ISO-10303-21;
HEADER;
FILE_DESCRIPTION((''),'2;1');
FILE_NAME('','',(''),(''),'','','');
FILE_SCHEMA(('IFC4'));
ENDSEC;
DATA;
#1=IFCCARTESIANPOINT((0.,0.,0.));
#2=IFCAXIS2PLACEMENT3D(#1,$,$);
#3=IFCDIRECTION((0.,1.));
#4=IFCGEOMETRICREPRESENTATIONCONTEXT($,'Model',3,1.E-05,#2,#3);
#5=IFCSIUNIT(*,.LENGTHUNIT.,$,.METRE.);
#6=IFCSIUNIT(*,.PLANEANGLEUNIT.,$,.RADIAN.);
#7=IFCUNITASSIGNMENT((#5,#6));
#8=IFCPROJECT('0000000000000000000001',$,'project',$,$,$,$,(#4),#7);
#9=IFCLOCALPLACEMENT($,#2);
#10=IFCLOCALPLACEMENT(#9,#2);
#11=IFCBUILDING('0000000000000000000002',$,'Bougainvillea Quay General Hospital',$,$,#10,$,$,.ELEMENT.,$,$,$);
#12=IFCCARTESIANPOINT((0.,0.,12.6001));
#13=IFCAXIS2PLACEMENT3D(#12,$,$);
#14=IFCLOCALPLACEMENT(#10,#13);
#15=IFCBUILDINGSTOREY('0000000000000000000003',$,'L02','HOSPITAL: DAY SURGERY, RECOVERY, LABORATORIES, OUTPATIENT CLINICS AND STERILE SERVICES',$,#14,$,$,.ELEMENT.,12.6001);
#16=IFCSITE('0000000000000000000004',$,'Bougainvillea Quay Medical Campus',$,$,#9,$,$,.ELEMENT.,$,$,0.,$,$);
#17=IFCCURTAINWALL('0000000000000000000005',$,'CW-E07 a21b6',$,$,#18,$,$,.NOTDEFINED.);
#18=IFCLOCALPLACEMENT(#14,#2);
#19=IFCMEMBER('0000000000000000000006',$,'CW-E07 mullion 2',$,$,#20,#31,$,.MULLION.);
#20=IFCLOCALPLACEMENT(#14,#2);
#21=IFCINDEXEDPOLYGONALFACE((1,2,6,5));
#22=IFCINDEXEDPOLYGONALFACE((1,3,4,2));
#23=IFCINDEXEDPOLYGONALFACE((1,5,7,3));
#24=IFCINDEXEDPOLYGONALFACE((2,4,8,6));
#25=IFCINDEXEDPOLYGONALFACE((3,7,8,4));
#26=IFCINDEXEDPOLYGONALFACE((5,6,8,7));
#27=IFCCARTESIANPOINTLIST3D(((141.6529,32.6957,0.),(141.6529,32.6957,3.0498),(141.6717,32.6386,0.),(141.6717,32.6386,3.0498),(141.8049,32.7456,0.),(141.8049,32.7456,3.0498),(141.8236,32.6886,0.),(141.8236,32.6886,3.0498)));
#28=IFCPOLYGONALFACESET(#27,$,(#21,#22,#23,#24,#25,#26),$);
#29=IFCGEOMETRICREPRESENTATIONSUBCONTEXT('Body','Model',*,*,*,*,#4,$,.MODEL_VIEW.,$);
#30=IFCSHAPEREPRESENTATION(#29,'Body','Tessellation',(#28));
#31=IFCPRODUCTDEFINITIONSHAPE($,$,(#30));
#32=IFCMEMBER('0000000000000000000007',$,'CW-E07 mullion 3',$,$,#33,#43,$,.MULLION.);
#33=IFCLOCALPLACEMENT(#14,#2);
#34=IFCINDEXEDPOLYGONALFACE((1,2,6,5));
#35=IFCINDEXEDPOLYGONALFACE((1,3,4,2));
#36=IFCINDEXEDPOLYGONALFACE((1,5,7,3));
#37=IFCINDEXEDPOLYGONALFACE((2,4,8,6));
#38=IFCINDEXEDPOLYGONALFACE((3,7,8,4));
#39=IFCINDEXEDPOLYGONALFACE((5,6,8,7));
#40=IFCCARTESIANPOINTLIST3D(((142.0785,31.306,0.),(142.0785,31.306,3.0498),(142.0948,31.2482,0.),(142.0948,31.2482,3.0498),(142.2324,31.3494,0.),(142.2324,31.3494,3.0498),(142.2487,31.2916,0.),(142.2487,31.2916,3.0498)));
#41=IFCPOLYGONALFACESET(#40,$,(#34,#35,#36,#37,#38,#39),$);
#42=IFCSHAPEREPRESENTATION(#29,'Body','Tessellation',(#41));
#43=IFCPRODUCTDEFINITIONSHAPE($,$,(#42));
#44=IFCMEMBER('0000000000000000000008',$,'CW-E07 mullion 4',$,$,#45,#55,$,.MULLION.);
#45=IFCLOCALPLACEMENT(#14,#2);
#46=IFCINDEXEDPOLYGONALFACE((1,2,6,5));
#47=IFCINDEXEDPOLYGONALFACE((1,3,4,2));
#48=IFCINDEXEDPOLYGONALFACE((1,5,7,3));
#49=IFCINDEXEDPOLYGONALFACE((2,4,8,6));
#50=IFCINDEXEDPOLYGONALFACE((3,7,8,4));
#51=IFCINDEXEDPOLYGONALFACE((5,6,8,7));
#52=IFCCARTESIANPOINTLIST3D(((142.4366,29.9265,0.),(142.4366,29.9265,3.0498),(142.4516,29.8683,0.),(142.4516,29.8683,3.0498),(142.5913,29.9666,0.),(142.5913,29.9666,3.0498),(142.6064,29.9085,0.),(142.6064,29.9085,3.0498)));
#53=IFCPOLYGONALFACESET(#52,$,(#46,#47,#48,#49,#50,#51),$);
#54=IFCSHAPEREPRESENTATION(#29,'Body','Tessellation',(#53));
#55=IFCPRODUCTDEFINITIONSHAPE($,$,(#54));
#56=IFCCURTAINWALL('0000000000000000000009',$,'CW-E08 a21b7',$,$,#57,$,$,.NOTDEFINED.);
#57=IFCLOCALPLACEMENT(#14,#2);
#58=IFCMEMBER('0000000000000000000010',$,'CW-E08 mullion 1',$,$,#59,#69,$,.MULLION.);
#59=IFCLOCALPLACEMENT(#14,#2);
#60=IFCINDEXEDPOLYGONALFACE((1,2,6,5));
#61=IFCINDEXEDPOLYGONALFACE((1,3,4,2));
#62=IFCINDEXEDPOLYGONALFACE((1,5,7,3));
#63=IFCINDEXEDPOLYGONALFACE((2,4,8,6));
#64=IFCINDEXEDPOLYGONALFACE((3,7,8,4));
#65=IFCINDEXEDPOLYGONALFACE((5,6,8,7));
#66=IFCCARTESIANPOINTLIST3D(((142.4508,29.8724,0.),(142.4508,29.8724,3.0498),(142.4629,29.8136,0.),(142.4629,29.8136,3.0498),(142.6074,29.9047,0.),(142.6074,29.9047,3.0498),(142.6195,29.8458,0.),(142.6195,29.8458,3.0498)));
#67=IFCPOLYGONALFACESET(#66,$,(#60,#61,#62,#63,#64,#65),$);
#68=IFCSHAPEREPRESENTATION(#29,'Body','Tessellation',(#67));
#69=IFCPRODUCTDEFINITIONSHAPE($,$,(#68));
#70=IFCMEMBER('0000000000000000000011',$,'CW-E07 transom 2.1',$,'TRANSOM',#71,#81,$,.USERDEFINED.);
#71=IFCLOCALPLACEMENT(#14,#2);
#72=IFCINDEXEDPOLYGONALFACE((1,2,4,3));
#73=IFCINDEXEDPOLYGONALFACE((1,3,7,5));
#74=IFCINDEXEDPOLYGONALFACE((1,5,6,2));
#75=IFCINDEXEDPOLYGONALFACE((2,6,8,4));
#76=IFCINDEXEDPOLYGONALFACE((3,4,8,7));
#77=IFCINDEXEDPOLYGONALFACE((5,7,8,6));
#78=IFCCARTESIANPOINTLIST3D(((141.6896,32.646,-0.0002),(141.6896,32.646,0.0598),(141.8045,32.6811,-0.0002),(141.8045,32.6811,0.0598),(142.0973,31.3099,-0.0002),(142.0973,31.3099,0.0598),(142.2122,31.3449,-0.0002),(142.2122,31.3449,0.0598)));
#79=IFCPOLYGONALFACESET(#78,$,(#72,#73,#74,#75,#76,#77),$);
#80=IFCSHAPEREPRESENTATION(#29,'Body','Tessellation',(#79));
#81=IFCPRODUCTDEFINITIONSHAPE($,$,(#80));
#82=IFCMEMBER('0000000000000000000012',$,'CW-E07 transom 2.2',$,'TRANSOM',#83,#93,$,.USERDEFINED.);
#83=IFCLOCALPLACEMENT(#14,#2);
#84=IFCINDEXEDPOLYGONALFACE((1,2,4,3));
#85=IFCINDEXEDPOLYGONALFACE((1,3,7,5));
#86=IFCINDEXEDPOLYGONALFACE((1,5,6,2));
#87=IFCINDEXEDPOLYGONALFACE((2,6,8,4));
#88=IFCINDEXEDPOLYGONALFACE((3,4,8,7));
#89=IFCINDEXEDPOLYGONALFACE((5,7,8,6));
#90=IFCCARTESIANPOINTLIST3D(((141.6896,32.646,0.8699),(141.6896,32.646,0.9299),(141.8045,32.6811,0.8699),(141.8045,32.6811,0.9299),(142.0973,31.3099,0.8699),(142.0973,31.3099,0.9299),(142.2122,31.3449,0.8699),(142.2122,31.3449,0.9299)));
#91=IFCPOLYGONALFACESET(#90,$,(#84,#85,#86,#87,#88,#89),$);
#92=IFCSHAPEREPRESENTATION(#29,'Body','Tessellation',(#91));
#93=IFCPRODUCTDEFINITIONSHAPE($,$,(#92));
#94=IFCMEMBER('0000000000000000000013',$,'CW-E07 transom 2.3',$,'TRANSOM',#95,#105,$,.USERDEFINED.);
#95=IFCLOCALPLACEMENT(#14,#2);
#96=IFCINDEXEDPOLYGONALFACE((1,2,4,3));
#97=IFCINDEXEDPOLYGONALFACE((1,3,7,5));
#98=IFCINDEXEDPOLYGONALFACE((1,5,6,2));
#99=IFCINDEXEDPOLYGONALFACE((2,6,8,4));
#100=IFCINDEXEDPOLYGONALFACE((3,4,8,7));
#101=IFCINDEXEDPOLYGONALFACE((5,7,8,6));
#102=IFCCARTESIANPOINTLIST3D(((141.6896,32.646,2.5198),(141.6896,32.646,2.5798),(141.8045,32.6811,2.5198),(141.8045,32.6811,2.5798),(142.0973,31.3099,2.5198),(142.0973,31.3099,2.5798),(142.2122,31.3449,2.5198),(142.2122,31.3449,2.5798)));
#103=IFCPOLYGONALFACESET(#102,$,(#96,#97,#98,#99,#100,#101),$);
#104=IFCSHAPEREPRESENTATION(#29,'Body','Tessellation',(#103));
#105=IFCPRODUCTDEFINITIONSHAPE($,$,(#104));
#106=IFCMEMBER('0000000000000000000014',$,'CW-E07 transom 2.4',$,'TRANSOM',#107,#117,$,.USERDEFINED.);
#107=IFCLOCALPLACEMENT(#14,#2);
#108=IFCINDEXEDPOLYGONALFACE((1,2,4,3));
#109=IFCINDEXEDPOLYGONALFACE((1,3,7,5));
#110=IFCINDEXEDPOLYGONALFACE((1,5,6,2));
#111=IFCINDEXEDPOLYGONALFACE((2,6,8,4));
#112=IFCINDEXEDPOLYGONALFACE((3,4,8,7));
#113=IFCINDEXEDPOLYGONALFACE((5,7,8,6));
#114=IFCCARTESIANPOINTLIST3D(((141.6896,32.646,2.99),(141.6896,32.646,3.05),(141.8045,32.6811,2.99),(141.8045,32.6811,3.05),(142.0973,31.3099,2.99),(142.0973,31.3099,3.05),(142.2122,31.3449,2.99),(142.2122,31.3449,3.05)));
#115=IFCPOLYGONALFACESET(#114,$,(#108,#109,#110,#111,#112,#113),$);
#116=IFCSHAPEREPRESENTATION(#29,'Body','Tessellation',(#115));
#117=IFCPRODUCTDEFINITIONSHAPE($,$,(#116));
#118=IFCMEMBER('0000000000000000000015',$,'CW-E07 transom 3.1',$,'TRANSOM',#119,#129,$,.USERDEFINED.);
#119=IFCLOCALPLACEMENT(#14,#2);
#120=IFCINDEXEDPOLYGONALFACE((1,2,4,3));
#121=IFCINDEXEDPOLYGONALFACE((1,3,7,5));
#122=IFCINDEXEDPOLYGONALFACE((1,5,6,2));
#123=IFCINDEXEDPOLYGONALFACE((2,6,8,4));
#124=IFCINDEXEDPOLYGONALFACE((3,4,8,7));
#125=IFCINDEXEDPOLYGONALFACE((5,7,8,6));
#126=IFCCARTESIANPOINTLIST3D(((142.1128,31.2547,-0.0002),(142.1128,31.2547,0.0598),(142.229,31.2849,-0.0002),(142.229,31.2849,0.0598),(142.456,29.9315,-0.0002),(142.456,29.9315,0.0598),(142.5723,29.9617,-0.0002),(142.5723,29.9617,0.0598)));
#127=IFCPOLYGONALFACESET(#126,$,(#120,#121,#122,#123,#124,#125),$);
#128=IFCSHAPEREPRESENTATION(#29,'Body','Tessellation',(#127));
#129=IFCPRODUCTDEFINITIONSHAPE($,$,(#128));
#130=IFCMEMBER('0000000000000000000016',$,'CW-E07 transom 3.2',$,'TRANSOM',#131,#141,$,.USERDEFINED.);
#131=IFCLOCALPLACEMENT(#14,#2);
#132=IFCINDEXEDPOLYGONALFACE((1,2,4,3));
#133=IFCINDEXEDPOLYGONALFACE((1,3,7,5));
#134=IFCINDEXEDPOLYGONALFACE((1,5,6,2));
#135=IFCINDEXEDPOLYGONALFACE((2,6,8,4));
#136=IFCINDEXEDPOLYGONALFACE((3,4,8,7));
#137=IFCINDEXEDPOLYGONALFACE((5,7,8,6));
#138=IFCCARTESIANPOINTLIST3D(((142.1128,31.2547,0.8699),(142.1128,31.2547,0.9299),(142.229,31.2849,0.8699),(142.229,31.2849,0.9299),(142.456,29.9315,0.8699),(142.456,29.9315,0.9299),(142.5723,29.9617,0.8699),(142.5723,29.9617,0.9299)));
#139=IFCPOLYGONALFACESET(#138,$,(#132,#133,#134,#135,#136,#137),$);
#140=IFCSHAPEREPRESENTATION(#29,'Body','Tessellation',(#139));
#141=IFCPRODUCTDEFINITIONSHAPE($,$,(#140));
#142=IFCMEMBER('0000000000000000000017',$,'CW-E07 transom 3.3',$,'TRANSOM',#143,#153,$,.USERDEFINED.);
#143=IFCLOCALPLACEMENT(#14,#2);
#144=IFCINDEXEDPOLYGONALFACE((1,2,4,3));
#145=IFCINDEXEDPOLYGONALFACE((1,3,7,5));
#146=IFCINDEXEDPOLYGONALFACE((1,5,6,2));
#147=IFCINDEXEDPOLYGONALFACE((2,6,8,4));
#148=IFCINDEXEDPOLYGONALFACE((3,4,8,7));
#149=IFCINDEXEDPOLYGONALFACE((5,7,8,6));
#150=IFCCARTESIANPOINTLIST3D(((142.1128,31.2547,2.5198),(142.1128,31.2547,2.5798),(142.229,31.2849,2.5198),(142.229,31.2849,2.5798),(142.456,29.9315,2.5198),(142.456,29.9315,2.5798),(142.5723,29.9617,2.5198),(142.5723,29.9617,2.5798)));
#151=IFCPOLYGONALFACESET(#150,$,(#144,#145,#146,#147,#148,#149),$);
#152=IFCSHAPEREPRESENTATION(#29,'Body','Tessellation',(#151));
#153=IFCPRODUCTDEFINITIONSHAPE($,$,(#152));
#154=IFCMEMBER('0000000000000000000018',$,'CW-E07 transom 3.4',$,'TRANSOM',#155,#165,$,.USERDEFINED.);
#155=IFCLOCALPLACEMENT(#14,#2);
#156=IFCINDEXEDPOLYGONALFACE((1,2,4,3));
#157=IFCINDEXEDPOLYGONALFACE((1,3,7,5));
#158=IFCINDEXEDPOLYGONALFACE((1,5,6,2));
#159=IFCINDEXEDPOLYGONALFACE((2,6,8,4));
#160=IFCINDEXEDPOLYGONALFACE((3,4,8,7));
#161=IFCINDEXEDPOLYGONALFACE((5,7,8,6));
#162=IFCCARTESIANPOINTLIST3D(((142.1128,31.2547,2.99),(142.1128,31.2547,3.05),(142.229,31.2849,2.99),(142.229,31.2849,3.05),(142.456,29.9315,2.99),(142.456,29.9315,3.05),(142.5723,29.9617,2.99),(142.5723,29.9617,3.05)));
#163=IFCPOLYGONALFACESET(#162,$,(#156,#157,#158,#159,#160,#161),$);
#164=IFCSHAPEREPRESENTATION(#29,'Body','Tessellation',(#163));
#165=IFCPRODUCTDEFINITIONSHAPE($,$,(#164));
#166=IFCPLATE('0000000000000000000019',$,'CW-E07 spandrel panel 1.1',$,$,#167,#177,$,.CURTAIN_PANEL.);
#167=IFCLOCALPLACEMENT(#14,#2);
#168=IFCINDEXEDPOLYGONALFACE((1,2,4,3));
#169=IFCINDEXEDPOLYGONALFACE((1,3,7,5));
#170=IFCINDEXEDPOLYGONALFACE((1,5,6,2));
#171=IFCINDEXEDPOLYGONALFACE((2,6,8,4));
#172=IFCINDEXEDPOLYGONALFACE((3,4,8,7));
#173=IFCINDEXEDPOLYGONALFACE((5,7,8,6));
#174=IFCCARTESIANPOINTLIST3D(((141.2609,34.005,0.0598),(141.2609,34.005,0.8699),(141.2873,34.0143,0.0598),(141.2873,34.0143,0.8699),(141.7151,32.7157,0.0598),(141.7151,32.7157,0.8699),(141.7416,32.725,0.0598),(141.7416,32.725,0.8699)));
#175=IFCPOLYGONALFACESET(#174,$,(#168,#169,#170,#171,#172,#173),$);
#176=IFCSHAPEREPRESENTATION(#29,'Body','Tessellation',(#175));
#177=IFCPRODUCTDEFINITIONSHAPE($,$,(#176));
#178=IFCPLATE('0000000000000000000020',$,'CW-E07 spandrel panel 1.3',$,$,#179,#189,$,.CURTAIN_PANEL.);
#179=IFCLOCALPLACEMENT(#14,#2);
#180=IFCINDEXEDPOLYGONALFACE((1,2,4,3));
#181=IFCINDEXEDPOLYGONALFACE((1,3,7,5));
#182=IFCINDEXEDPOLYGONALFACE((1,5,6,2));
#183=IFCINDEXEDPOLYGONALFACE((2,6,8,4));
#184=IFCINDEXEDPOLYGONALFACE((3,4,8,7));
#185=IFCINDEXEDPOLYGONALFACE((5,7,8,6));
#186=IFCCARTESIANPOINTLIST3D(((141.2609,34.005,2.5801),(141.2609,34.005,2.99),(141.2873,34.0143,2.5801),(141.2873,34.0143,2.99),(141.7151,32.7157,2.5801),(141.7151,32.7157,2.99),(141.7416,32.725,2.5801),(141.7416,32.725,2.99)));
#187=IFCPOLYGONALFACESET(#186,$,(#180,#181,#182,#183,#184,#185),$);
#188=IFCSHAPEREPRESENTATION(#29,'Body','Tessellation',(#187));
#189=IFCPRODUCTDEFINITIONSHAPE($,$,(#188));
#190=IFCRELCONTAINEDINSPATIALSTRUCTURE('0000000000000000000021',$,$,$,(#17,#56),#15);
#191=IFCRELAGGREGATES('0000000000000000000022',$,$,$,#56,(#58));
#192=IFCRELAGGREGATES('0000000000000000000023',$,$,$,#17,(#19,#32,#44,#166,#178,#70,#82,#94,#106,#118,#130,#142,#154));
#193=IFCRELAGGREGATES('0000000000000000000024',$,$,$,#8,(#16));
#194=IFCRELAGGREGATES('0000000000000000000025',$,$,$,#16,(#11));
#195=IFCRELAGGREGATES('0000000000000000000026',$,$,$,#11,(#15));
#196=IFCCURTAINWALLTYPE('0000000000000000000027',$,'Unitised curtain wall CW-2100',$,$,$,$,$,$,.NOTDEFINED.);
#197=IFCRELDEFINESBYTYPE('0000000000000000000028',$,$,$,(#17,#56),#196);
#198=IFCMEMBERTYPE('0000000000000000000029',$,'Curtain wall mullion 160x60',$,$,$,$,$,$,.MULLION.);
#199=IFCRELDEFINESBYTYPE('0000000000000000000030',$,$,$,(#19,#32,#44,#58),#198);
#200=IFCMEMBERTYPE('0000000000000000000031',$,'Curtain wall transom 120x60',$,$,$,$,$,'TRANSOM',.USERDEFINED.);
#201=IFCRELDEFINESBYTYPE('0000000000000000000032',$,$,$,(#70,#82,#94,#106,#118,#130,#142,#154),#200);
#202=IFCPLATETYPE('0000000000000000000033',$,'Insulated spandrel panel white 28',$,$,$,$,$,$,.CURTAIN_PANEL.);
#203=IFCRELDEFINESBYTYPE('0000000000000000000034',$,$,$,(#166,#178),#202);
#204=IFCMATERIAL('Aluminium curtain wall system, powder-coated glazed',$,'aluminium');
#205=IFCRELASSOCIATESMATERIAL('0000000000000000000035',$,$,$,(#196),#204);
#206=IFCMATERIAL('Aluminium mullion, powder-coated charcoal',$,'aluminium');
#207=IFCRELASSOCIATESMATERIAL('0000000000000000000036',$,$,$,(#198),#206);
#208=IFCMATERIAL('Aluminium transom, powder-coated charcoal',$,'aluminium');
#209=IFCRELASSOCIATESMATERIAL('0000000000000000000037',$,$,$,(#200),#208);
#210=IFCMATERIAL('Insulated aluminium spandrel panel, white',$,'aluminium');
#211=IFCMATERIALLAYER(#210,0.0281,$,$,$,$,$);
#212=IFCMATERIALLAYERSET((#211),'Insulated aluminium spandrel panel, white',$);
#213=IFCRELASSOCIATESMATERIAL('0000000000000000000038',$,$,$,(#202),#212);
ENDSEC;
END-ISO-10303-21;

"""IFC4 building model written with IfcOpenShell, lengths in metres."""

from ifc_helpers import new_model, si_unit, direction, frame, origin, origin_2d, place, context, subcontext, project, spatial, rectangle, extrude, material, layer, layer_set, material_profile, profile_set, type_object, element, aggregate, save


model = new_model("IFC4")

# Units and contexts
model_context = context("Model", 3, precision=1e-05, world=origin(), true_north=direction((0.0, 1.0)))
body_context = subcontext(model_context, "Body", "Model", "MODEL_VIEW")
ifc_project = project(units=[si_unit("LENGTHUNIT", "METRE"), si_unit("PLANEANGLEUNIT", "RADIAN")], contexts=[model_context])

# Site, building, storey
site_placement = place(None, origin())
site = spatial("IfcSite", under=ifc_project, at=site_placement, Name="Bougainvillea Quay Medical Campus", CompositionType="ELEMENT", RefElevation=0.0)
building_placement = place(site_placement, origin())
building = spatial("IfcBuilding", under=site, at=building_placement, Name="Bougainvillea Quay General Hospital", CompositionType="ELEMENT")
storey_placement = place(building_placement, frame((0.0, 0.0, 12.6001)))
storey = spatial("IfcBuildingStorey", under=building, at=storey_placement, Name="L02", Description="HOSPITAL: DAY SURGERY, RECOVERY, LABORATORIES, OUTPATIENT CLINICS AND STERILE SERVICES", CompositionType="ELEMENT", Elevation=12.6001)

# Curtain wall, members
ifc_material_1 = material(Name="Aluminium curtain wall system, powder-coated glazed", Category="aluminium")
curtain_wall_type = type_object("IfcCurtainWallType", Name="Unitised curtain wall CW-2100", PredefinedType="NOTDEFINED", material=ifc_material_1)
curtain_wall_1_placement = place(storey_placement, origin())
curtain_wall_1 = element("IfcCurtainWall", 1, at=curtain_wall_1_placement, inside=storey, type_object=curtain_wall_type, Name="CW-E07 a21b6", PredefinedType="NOTDEFINED")
ifc_material_2 = material(Name="Aluminium mullion, powder-coated charcoal", Category="aluminium")
ifc_material_profile_1 = material_profile(ifc_material_2, rectangle(XDim=0.1599, YDim=0.0601, at=origin_2d()))
ifc_profile_set_1 = profile_set([ifc_material_profile_1], Name="Aluminium mullion, powder-coated charcoal")
member_type_1 = type_object("IfcMemberType", Name="Curtain wall mullion 160x60", PredefinedType="MULLION", material=ifc_profile_set_1)
member_1_placement = place(storey_placement, frame((141.7383, 32.6921, 0.0), z_axis=(0.0, 0.0, 1.0), x_axis=(0.950023, 0.31218, 0.0)))
member_1 = element("IfcMember", 2, at=member_1_placement, type_object=member_type_1, Name="CW-E07 mullion 2", PredefinedType="MULLION", context=body_context, shape_type="SweptSolid", body=[
    extrude(rectangle(XDim=0.1599, YDim=0.0601, at=origin_2d()), origin(), (0.0, 0.0, 1.0), 3.0498),
])
member_2_placement = place(storey_placement, frame((142.1636, 31.2988, 0.0), z_axis=(0.0, 0.0, 1.0), x_axis=(0.962439, 0.271496, 0.0)))
member_2 = element("IfcMember", 3, at=member_2_placement, type_object=member_type_1, Name="CW-E07 mullion 3", PredefinedType="MULLION", context=body_context, shape_type="SweptSolid", body=[
    extrude(rectangle(XDim=0.1599, YDim=0.0601, at=origin_2d()), origin(), (0.0, 0.0, 1.0), 3.0498),
])
member_3_placement = place(storey_placement, frame((142.5215, 29.9175, 0.0), z_axis=(0.0, 0.0, 1.0), x_axis=(0.967996, 0.250966, 0.0)))
member_3 = element("IfcMember", 4, at=member_3_placement, type_object=member_type_1, Name="CW-E07 mullion 4", PredefinedType="MULLION", context=body_context, shape_type="SweptSolid", body=[
    extrude(rectangle(XDim=0.1599, YDim=0.0601, at=origin_2d()), origin(), (0.0, 0.0, 1.0), 3.0498),
])

# Curtain wall, member
curtain_wall_2_placement = place(storey_placement, origin())
curtain_wall_2 = element("IfcCurtainWall", 5, at=curtain_wall_2_placement, inside=storey, type_object=curtain_wall_type, Name="CW-E08 a21b7", PredefinedType="NOTDEFINED")
member_4_placement = place(storey_placement, frame((142.5352, 29.8591, 0.0), z_axis=(0.0, 0.0, 1.0), x_axis=(0.979469, 0.201595, 0.0)))
member_4 = element("IfcMember", 6, at=member_4_placement, type_object=member_type_1, Name="CW-E08 mullion 1", PredefinedType="MULLION", context=body_context, shape_type="SweptSolid", body=[
    extrude(rectangle(XDim=0.1599, YDim=0.0601, at=origin_2d()), origin(), (0.0, 0.0, 1.0), 3.0498),
])
aggregate(curtain_wall_2, [member_4])

# Members
ifc_material_3 = material(Name="Aluminium transom, powder-coated charcoal", Category="aluminium")
ifc_material_profile_2 = material_profile(ifc_material_3, rectangle(XDim=0.1201, YDim=0.0601, at=origin_2d()))
ifc_profile_set_2 = profile_set([ifc_material_profile_2], Name="Aluminium transom, powder-coated charcoal")
member_type_2 = type_object("IfcMemberType", Name="Curtain wall transom 120x60", ElementType="TRANSOM", PredefinedType="USERDEFINED", material=ifc_profile_set_2)
member_5_placement = place(storey_placement, frame((141.7471, 32.6636, 0.0298), z_axis=(0.29185, -0.956464, 0.0), x_axis=(0.956464, 0.29185, 0.0)))
member_5 = element("IfcMember", 7, at=member_5_placement, type_object=member_type_2, Name="CW-E07 transom 2.1", ObjectType="TRANSOM", PredefinedType="USERDEFINED", context=body_context, shape_type="SweptSolid", body=[
    extrude(rectangle(XDim=0.1201, YDim=0.0601, at=origin_2d()), origin(), (0.0, 0.0, 1.0), 1.397),
])
member_6_placement = place(storey_placement, frame((141.7471, 32.6636, 0.8999), z_axis=(0.29185, -0.956464, 0.0), x_axis=(0.956464, 0.29185, 0.0)))
member_6 = element("IfcMember", 8, at=member_6_placement, type_object=member_type_2, Name="CW-E07 transom 2.2", ObjectType="TRANSOM", PredefinedType="USERDEFINED", context=body_context, shape_type="SweptSolid", body=[
    extrude(rectangle(XDim=0.1201, YDim=0.0601, at=origin_2d()), origin(), (0.0, 0.0, 1.0), 1.397),
])
member_7_placement = place(storey_placement, frame((141.7471, 32.6636, 2.5498), z_axis=(0.29185, -0.956464, 0.0), x_axis=(0.956464, 0.29185, 0.0)))
member_7 = element("IfcMember", 9, at=member_7_placement, type_object=member_type_2, Name="CW-E07 transom 2.3", ObjectType="TRANSOM", PredefinedType="USERDEFINED", context=body_context, shape_type="SweptSolid", body=[
    extrude(rectangle(XDim=0.1201, YDim=0.0601, at=origin_2d()), origin(), (0.0, 0.0, 1.0), 1.397),
])
member_8_placement = place(storey_placement, frame((141.7471, 32.6636, 3.02), z_axis=(0.29185, -0.956464, 0.0), x_axis=(0.956464, 0.29185, 0.0)))
member_8 = element("IfcMember", 10, at=member_8_placement, type_object=member_type_2, Name="CW-E07 transom 2.4", ObjectType="TRANSOM", PredefinedType="USERDEFINED", context=body_context, shape_type="SweptSolid", body=[
    extrude(rectangle(XDim=0.1201, YDim=0.0601, at=origin_2d()), origin(), (0.0, 0.0, 1.0), 1.397),
])
member_9_placement = place(storey_placement, frame((142.1709, 31.2698, 0.0298), z_axis=(0.251099, -0.967962, 0.0), x_axis=(0.967962, 0.251099, 0.0)))
member_9 = element("IfcMember", 11, at=member_9_placement, type_object=member_type_2, Name="CW-E07 transom 3.1", ObjectType="TRANSOM", PredefinedType="USERDEFINED", context=body_context, shape_type="SweptSolid", body=[
    extrude(rectangle(XDim=0.1201, YDim=0.0601, at=origin_2d()), origin(), (0.0, 0.0, 1.0), 1.3669),
])
member_10_placement = place(storey_placement, frame((142.1709, 31.2698, 0.8999), z_axis=(0.251099, -0.967962, 0.0), x_axis=(0.967962, 0.251099, 0.0)))
member_10 = element("IfcMember", 12, at=member_10_placement, type_object=member_type_2, Name="CW-E07 transom 3.2", ObjectType="TRANSOM", PredefinedType="USERDEFINED", context=body_context, shape_type="SweptSolid", body=[
    extrude(rectangle(XDim=0.1201, YDim=0.0601, at=origin_2d()), origin(), (0.0, 0.0, 1.0), 1.3669),
])
member_11_placement = place(storey_placement, frame((142.1709, 31.2698, 2.5498), z_axis=(0.251099, -0.967962, 0.0), x_axis=(0.967962, 0.251099, 0.0)))
member_11 = element("IfcMember", 13, at=member_11_placement, type_object=member_type_2, Name="CW-E07 transom 3.3", ObjectType="TRANSOM", PredefinedType="USERDEFINED", context=body_context, shape_type="SweptSolid", body=[
    extrude(rectangle(XDim=0.1201, YDim=0.0601, at=origin_2d()), origin(), (0.0, 0.0, 1.0), 1.3669),
])
member_12_placement = place(storey_placement, frame((142.1709, 31.2698, 3.02), z_axis=(0.251099, -0.967962, 0.0), x_axis=(0.967962, 0.251099, 0.0)))
member_12 = element("IfcMember", 14, at=member_12_placement, type_object=member_type_2, Name="CW-E07 transom 3.4", ObjectType="TRANSOM", PredefinedType="USERDEFINED", context=body_context, shape_type="SweptSolid", body=[
    extrude(rectangle(XDim=0.1201, YDim=0.0601, at=origin_2d()), origin(), (0.0, 0.0, 1.0), 1.3669),
])

# Plates
ifc_material_4 = material(Name="Insulated aluminium spandrel panel, white", Category="aluminium")
ifc_layer_1 = layer(ifc_material_4, 0.0281)
ifc_layer_set_1 = layer_set([ifc_layer_1], Name="Insulated aluminium spandrel panel, white")
plate_type_1 = type_object("IfcPlateType", Name="Insulated spandrel panel white 28", PredefinedType="CURTAIN_PANEL", material=ifc_layer_set_1)
plate_1_placement = place(storey_placement, frame((141.5012, 33.365, 0.0598), z_axis=(0.0, 0.0, 1.0), x_axis=(0.332315, -0.943169, 0.0)))
plate_1 = element("IfcPlate", 15, at=plate_1_placement, type_object=plate_type_1, Name="CW-E07 spandrel panel 1.1", PredefinedType="CURTAIN_PANEL", context=body_context, shape_type="SweptSolid", body=[
    extrude(rectangle(XDim=1.3669, YDim=0.0281, at=origin_2d()), origin(), (0.0, 0.0, 1.0), 0.8101),
])
plate_2_placement = place(storey_placement, frame((141.5012, 33.365, 2.5801), z_axis=(0.0, 0.0, 1.0), x_axis=(0.332315, -0.943169, 0.0)))
plate_2 = element("IfcPlate", 16, at=plate_2_placement, type_object=plate_type_1, Name="CW-E07 spandrel panel 1.3", PredefinedType="CURTAIN_PANEL", context=body_context, shape_type="SweptSolid", body=[
    extrude(rectangle(XDim=1.3669, YDim=0.0281, at=origin_2d()), origin(), (0.0, 0.0, 1.0), 0.4099),
])
aggregate(curtain_wall_1, [member_1, member_2, member_3, plate_1, plate_2, member_5, member_6, member_7, member_8, member_9, member_10, member_11, member_12])

save(model, "model.ifc")
